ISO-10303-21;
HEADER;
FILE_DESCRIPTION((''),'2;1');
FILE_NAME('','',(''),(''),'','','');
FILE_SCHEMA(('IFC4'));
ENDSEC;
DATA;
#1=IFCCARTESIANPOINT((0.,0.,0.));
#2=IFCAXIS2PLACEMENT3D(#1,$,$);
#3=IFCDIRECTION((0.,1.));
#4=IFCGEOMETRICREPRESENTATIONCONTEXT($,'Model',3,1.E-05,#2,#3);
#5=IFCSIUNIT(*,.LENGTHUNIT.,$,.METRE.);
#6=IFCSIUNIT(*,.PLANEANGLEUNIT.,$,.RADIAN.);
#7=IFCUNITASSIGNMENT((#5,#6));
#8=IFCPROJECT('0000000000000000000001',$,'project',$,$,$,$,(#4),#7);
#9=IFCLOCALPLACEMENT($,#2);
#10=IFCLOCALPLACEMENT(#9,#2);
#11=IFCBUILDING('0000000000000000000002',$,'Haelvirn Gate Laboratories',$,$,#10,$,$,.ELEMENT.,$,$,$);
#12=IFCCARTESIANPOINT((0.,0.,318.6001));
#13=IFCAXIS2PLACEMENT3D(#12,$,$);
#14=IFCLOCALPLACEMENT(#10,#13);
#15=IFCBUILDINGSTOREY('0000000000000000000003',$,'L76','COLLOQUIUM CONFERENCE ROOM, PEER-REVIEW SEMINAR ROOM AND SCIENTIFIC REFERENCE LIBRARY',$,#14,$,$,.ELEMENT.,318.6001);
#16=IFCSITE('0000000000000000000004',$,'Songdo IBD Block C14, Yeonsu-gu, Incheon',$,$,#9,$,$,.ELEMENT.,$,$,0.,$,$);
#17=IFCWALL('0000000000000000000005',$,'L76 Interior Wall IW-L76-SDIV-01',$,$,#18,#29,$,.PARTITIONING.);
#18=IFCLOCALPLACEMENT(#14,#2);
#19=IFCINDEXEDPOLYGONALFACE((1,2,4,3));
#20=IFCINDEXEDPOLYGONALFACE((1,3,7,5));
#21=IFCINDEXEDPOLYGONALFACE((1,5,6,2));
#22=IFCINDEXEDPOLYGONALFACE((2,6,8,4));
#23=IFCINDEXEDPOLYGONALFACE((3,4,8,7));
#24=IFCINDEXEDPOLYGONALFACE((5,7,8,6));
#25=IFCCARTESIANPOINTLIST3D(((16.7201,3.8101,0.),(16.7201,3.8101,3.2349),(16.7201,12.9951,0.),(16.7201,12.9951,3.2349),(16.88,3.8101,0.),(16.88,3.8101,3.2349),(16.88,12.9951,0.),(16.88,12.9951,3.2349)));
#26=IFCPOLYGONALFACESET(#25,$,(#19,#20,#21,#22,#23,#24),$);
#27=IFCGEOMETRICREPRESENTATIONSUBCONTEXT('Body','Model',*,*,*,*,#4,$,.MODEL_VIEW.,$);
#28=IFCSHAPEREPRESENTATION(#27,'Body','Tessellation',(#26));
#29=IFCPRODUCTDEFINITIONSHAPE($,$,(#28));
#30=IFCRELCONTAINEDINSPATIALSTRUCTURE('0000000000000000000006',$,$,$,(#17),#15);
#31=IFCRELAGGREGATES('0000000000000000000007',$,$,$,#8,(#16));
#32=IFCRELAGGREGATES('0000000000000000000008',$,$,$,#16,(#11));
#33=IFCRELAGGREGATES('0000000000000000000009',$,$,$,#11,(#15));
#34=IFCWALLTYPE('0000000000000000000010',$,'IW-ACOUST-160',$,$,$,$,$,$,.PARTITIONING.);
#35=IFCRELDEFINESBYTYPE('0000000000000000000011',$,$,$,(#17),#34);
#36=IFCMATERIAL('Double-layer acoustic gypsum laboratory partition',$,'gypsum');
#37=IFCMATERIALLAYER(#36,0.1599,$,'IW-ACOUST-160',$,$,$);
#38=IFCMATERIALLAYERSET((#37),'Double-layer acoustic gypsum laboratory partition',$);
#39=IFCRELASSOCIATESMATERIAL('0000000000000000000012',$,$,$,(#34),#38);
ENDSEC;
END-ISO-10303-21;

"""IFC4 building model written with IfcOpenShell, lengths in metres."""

from ifc_helpers import new_model, si_unit, direction, frame, frame_2d, origin, place, context, subcontext, project, spatial, rectangle, extrude, material, layer, layer_set, type_object, element, save


model = new_model("IFC4")

# Units and contexts
model_context = context("Model", 3, precision=1e-05, world=origin(), true_north=direction((0.0, 1.0)))
body_context = subcontext(model_context, "Body", "Model", "MODEL_VIEW")
ifc_project = project(units=[si_unit("LENGTHUNIT", "METRE"), si_unit("PLANEANGLEUNIT", "RADIAN")], contexts=[model_context])

# Site, building, storey
site_placement = place(None, origin())
site = spatial("IfcSite", under=ifc_project, at=site_placement, Name="Songdo IBD Block C14, Yeonsu-gu, Incheon", CompositionType="ELEMENT", RefElevation=0.0)
building_placement = place(site_placement, origin())
building = spatial("IfcBuilding", under=site, at=building_placement, Name="Haelvirn Gate Laboratories", CompositionType="ELEMENT")
storey_placement = place(building_placement, frame((0.0, 0.0, 318.6001)))
storey = spatial("IfcBuildingStorey", under=building, at=storey_placement, Name="L76", Description="COLLOQUIUM CONFERENCE ROOM, PEER-REVIEW SEMINAR ROOM AND SCIENTIFIC REFERENCE LIBRARY", CompositionType="ELEMENT", Elevation=318.6001)

# Wall
ifc_material_1 = material(Name="Double-layer acoustic gypsum laboratory partition", Category="gypsum")
ifc_layer_1 = layer(ifc_material_1, 0.1599, Name="IW-ACOUST-160")
ifc_layer_set_1 = layer_set([ifc_layer_1], Name="Double-layer acoustic gypsum laboratory partition")
wall_type_1 = type_object("IfcWallType", Name="IW-ACOUST-160", PredefinedType="PARTITIONING", material=ifc_layer_set_1)
wall_1_placement = place(storey_placement, frame((16.8, 3.8101, 0.0), z_axis=(0.0, 0.0, 1.0), x_axis=(0.0, 1.0, 0.0)))
element("IfcWall", 1, at=wall_1_placement, inside=storey, type_object=wall_type_1, Name="L76 Interior Wall IW-L76-SDIV-01", PredefinedType="PARTITIONING", context=body_context, shape_type="SweptSolid", body=[
    extrude(rectangle(XDim=9.1851, YDim=0.1599, at=frame_2d((4.5925, 0.0))), origin(), (0.0, 0.0, 1.0), 3.2349),
])

save(model, "model.ifc")
